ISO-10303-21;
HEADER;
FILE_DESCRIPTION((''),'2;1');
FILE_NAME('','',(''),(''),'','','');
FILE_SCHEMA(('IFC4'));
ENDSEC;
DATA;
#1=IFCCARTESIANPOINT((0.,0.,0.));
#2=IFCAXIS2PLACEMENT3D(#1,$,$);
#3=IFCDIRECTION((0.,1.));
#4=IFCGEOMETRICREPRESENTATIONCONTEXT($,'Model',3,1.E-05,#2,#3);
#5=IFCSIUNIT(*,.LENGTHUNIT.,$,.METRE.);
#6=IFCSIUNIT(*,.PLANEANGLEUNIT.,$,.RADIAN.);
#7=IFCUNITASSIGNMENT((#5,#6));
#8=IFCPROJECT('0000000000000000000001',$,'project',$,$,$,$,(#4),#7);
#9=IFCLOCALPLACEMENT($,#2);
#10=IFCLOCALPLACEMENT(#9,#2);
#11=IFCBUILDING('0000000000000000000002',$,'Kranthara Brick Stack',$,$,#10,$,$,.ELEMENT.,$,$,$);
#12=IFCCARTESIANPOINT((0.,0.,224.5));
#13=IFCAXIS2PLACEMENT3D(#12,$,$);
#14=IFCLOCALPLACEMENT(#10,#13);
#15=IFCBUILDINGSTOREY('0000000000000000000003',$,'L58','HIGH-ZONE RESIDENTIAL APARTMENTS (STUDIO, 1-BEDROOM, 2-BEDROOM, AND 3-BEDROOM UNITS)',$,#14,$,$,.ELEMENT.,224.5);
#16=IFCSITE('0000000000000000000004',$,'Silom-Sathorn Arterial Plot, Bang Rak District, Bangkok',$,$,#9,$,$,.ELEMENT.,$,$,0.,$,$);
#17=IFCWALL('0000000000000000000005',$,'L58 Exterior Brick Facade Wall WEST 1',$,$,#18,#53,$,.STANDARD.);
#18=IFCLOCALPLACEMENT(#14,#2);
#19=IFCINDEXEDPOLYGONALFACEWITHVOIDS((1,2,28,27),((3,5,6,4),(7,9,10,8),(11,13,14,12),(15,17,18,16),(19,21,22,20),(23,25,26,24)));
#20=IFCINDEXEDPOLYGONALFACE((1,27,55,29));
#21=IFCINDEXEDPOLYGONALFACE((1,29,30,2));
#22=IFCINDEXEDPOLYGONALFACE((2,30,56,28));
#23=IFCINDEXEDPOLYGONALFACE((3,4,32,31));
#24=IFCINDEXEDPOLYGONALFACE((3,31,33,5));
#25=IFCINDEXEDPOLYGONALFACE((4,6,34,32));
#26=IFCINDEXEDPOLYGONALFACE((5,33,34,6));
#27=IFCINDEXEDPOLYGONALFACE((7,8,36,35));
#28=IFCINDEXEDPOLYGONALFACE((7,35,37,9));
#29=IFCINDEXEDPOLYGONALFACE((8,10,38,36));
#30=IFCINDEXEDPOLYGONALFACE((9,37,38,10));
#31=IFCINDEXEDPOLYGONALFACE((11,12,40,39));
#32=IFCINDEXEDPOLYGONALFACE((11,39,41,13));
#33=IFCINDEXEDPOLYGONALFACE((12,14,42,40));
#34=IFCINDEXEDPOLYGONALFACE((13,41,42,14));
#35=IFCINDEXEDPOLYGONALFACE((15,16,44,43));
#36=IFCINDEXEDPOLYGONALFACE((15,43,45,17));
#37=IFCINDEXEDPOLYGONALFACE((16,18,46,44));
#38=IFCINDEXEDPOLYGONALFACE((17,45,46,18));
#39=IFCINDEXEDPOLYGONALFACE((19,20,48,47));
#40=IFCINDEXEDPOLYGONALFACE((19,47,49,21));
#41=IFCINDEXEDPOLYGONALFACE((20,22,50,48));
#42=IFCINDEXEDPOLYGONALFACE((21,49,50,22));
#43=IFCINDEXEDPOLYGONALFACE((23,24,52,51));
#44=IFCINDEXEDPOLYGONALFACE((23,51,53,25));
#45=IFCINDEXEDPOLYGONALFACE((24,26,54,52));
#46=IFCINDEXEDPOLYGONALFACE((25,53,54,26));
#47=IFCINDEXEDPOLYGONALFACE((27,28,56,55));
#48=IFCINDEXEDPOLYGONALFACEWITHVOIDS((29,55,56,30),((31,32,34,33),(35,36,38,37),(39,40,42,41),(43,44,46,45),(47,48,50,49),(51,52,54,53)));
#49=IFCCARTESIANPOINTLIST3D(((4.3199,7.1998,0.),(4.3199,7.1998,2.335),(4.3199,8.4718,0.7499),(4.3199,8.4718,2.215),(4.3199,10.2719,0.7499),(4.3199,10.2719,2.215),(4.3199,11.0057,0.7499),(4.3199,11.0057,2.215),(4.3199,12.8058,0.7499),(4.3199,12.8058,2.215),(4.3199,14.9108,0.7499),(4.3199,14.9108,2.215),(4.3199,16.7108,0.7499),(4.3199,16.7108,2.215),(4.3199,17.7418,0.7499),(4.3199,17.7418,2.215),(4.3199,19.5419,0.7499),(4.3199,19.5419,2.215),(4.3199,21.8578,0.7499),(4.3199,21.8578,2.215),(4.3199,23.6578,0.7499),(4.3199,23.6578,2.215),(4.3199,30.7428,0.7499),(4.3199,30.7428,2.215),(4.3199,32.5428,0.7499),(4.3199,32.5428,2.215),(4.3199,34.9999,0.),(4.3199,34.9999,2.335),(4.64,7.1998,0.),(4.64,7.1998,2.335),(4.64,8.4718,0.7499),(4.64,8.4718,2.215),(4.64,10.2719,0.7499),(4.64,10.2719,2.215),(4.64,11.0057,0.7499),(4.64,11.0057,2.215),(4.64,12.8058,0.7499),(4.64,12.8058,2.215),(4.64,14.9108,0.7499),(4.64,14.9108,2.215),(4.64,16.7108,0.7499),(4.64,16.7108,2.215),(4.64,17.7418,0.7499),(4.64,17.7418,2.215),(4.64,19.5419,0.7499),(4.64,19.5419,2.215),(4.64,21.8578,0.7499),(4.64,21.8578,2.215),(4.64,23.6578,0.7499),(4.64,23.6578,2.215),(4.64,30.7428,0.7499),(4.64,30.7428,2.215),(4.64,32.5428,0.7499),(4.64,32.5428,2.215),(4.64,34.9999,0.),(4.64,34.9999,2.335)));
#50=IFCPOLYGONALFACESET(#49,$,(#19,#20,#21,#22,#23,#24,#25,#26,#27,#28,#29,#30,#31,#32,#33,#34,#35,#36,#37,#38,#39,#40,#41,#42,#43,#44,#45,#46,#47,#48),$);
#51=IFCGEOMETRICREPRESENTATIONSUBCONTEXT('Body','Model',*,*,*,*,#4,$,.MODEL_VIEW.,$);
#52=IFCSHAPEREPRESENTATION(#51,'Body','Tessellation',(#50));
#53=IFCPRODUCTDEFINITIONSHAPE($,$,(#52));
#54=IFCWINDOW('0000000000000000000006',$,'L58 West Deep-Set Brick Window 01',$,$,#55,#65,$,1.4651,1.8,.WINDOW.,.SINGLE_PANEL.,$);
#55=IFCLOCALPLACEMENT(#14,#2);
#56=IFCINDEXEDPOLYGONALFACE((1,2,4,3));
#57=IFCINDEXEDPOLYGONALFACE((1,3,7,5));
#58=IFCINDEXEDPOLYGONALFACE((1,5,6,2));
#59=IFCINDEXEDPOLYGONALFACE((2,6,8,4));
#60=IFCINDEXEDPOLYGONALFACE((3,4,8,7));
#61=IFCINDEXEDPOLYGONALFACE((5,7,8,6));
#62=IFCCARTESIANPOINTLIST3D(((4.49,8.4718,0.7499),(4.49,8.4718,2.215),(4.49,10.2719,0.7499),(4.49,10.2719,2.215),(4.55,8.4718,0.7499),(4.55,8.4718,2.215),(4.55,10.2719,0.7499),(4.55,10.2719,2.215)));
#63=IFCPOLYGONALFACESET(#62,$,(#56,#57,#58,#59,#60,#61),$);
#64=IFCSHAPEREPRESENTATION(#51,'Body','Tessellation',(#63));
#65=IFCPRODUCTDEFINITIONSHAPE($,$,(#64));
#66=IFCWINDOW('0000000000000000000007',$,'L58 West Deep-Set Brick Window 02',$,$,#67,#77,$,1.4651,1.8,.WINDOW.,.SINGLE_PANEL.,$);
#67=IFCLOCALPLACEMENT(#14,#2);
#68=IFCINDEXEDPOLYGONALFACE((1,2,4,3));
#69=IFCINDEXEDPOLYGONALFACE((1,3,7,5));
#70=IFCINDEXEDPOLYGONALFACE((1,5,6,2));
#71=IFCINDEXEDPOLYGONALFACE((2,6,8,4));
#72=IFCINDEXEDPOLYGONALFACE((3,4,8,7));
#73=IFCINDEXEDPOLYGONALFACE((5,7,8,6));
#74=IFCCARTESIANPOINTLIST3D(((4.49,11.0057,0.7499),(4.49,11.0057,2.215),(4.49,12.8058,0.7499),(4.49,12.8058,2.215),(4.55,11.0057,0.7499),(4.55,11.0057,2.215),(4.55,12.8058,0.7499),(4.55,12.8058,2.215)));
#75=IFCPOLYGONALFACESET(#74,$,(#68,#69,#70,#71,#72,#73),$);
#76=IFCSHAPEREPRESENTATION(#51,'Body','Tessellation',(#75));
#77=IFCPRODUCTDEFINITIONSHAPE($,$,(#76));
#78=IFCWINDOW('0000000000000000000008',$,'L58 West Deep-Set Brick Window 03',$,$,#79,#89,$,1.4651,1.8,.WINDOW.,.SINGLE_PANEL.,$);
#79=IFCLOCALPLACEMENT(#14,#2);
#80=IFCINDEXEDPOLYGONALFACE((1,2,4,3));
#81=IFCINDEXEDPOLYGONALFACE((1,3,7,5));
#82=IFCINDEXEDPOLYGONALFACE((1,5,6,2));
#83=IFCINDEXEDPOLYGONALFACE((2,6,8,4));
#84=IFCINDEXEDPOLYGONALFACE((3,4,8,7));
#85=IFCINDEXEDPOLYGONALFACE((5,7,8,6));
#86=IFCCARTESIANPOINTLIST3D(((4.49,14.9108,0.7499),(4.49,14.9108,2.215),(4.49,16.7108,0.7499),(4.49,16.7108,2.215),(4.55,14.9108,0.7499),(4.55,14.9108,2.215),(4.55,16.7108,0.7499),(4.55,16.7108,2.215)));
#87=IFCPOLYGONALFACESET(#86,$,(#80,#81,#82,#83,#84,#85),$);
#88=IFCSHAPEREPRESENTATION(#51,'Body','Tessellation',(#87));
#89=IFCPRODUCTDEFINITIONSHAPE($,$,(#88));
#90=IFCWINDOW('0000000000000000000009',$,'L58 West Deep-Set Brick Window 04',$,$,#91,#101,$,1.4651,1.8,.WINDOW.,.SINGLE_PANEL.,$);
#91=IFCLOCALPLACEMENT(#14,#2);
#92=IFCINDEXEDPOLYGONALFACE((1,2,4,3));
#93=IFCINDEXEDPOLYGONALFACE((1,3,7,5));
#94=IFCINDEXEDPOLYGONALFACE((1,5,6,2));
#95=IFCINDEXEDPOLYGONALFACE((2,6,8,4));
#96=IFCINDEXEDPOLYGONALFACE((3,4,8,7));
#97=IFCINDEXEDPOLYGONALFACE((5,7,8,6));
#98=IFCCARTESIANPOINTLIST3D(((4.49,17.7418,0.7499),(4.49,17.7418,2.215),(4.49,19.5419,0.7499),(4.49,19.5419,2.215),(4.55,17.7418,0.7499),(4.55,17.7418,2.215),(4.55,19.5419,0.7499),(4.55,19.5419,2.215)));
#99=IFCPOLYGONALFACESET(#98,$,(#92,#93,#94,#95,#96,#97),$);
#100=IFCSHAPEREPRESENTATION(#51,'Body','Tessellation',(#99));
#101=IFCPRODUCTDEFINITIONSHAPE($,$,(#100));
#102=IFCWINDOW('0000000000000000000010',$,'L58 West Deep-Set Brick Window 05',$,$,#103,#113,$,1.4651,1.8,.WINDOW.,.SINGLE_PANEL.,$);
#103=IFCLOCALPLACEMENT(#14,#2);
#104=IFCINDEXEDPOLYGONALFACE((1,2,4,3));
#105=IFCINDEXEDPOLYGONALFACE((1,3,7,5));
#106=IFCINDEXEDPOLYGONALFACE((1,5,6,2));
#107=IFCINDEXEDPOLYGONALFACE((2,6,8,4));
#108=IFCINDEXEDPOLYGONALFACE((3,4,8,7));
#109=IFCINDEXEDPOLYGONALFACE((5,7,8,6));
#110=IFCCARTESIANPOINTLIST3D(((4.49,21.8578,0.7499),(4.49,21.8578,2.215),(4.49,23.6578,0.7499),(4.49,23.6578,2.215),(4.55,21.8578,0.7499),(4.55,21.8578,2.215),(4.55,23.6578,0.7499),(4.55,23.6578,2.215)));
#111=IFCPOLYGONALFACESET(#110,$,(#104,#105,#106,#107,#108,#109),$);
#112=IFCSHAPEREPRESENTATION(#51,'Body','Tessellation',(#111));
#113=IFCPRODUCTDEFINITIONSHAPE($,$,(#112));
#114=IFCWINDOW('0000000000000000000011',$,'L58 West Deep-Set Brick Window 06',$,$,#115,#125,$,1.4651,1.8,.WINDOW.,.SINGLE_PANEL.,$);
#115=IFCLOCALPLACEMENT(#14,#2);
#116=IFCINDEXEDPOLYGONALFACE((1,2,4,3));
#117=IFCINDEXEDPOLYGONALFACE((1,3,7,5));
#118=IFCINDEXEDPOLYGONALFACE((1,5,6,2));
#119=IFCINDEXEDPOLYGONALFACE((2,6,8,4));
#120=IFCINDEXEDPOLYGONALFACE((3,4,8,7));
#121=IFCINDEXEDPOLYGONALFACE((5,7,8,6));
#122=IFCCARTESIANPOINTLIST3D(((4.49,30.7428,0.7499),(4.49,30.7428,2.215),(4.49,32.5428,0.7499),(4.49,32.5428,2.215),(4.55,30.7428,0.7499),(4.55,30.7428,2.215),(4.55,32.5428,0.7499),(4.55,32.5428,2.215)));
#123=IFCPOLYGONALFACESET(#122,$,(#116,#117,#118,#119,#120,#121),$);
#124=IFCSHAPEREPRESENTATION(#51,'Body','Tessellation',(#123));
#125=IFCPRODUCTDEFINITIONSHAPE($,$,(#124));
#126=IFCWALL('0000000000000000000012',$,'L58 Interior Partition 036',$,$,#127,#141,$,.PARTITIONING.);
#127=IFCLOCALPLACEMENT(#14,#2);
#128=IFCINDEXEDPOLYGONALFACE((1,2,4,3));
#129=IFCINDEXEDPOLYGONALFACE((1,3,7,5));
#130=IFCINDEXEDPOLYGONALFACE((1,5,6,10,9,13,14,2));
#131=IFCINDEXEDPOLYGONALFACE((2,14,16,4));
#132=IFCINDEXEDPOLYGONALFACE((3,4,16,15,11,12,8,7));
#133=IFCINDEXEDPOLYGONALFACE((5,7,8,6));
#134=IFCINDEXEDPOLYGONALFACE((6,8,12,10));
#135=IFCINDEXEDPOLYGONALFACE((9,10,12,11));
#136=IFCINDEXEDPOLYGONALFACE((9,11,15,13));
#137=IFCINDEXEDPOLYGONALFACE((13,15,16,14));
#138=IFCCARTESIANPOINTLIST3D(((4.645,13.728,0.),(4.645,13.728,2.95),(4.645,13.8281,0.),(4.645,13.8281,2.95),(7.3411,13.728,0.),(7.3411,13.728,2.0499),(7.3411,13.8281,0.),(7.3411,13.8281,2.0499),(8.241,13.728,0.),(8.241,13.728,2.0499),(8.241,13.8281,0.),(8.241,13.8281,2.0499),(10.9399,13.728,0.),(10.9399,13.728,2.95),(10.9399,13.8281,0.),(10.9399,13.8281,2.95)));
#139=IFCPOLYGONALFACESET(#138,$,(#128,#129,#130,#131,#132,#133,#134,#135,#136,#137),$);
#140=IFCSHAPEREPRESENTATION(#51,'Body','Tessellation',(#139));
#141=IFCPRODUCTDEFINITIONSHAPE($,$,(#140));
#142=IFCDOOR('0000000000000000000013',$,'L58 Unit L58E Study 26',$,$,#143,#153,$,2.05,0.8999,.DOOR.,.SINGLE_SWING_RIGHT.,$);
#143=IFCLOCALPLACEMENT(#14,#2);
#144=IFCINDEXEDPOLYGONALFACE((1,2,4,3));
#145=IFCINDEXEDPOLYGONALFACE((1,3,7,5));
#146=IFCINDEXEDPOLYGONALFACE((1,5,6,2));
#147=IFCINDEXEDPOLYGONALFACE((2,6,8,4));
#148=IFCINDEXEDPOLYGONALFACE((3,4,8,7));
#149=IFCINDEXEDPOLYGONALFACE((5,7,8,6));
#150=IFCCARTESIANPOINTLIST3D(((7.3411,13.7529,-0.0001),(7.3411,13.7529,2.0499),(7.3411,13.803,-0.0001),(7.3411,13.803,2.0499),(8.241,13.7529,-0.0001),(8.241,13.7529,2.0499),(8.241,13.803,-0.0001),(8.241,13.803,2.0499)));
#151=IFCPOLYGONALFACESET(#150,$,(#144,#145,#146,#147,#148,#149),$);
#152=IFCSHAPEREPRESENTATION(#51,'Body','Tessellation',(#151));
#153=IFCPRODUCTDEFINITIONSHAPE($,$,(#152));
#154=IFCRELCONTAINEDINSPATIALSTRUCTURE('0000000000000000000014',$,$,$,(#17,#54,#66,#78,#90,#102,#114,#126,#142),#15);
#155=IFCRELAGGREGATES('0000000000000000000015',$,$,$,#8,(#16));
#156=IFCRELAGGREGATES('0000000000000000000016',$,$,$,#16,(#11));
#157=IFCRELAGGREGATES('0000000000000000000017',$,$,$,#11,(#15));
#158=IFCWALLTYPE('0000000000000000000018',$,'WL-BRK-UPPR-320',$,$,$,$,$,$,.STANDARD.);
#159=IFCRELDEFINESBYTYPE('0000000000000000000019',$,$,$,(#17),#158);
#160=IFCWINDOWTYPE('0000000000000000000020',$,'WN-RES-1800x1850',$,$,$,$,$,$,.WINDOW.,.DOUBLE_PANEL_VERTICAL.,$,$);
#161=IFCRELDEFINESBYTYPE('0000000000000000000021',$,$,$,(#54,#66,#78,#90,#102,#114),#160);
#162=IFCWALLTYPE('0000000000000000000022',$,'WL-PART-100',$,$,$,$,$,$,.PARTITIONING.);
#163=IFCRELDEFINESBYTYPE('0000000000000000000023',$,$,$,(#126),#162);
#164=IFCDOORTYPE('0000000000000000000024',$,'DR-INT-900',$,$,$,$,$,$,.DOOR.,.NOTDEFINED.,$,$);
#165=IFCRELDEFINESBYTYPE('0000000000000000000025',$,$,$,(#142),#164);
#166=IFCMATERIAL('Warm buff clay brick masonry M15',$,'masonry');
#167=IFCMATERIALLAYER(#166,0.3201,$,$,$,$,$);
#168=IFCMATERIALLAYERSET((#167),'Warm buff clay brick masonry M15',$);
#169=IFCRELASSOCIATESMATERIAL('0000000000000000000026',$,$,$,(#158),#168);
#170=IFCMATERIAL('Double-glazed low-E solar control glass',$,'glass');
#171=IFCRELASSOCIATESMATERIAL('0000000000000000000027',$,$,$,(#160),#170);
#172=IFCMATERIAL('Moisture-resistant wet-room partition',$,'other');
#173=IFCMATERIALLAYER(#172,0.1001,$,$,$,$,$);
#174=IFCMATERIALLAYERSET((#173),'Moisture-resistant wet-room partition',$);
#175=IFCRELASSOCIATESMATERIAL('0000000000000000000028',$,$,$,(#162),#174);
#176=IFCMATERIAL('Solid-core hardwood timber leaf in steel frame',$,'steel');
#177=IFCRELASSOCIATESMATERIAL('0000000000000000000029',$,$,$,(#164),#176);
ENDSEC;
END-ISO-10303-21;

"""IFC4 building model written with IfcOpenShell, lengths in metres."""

from ifc_helpers import new_model, si_unit, direction, frame, frame_2d, origin, place, context, subcontext, project, spatial, rectangle, extrude, material, layer, layer_set, type_object, element, fill, save


model = new_model("IFC4")

# Units and contexts
model_context = context("Model", 3, precision=1e-05, world=origin(), true_north=direction((0.0, 1.0)))
body_context = subcontext(model_context, "Body", "Model", "MODEL_VIEW")
ifc_project = project(units=[si_unit("LENGTHUNIT", "METRE"), si_unit("PLANEANGLEUNIT", "RADIAN")], contexts=[model_context])

# Site, building, storey
site_placement = place(None, origin())
site = spatial("IfcSite", under=ifc_project, at=site_placement, Name="Silom-Sathorn Arterial Plot, Bang Rak District, Bangkok", CompositionType="ELEMENT", RefElevation=0.0)
building_placement = place(site_placement, origin())
building = spatial("IfcBuilding", under=site, at=building_placement, Name="Kranthara Brick Stack", CompositionType="ELEMENT")
storey_placement = place(building_placement, frame((0.0, 0.0, 224.5)))
storey = spatial("IfcBuildingStorey", under=building, at=storey_placement, Name="L58", Description="HIGH-ZONE RESIDENTIAL APARTMENTS (STUDIO, 1-BEDROOM, 2-BEDROOM, AND 3-BEDROOM UNITS)", CompositionType="ELEMENT", Elevation=224.5)

# Wall, openings, windows
ifc_material_1 = material(Name="Warm buff clay brick masonry M15", Category="masonry")
ifc_layer_1 = layer(ifc_material_1, 0.3201)
ifc_layer_set_1 = layer_set([ifc_layer_1], Name="Warm buff clay brick masonry M15")
wall_type_1 = type_object("IfcWallType", Name="WL-BRK-UPPR-320", PredefinedType="STANDARD", material=ifc_layer_set_1)
wall_1_placement = place(storey_placement, frame((4.48, 7.2, 0.0), z_axis=(0.0, 0.0, 1.0), x_axis=(0.0, 1.0, 0.0)))
wall_1 = element("IfcWall", 1, at=wall_1_placement, inside=storey, type_object=wall_type_1, Name="L58 Exterior Brick Facade Wall WEST 1", PredefinedType="STANDARD", context=body_context, shape_type="SweptSolid", body=[
    extrude(rectangle(XDim=27.8, YDim=0.3201, at=frame_2d((13.8999, 0.0))), origin(), (0.0, 0.0, 1.0), 2.335),
])
opening_1_placement = place(wall_1_placement, frame((1.272, 0.0, 0.75)))
opening_1 = element("IfcOpeningElement", 2, at=opening_1_placement, cuts=wall_1, PredefinedType="OPENING", context=body_context, shape_type="SweptSolid", body=[
    extrude(rectangle(XDim=1.8, YDim=1.4651, at=frame_2d((0.8999, 0.7324))), frame((0.0, 0.1699, 0.0), z_axis=(0.0, -1.0, 0.0), x_axis=(1.0, 0.0, 0.0)), (0.0, 0.0, 1.0), 0.3401),
])
opening_2_placement = place(wall_1_placement, frame((3.8059, 0.0, 0.75)))
opening_2 = element("IfcOpeningElement", 3, at=opening_2_placement, cuts=wall_1, PredefinedType="OPENING", context=body_context, shape_type="SweptSolid", body=[
    extrude(rectangle(XDim=1.8, YDim=1.4651, at=frame_2d((0.8999, 0.7324))), frame((0.0, 0.1699, 0.0), z_axis=(0.0, -1.0, 0.0), x_axis=(1.0, 0.0, 0.0)), (0.0, 0.0, 1.0), 0.3401),
])
opening_3_placement = place(wall_1_placement, frame((7.7109, 0.0, 0.75)))
opening_3 = element("IfcOpeningElement", 4, at=opening_3_placement, cuts=wall_1, PredefinedType="OPENING", context=body_context, shape_type="SweptSolid", body=[
    extrude(rectangle(XDim=1.8, YDim=1.4651, at=frame_2d((0.8999, 0.7324))), frame((0.0, 0.1699, 0.0), z_axis=(0.0, -1.0, 0.0), x_axis=(1.0, 0.0, 0.0)), (0.0, 0.0, 1.0), 0.3401),
])
opening_4_placement = place(wall_1_placement, frame((10.542, 0.0, 0.75)))
opening_4 = element("IfcOpeningElement", 5, at=opening_4_placement, cuts=wall_1, PredefinedType="OPENING", context=body_context, shape_type="SweptSolid", body=[
    extrude(rectangle(XDim=1.8, YDim=1.4651, at=frame_2d((0.8999, 0.7324))), frame((0.0, 0.1699, 0.0), z_axis=(0.0, -1.0, 0.0), x_axis=(1.0, 0.0, 0.0)), (0.0, 0.0, 1.0), 0.3401),
])
opening_5_placement = place(wall_1_placement, frame((14.658, 0.0, 0.75)))
opening_5 = element("IfcOpeningElement", 6, at=opening_5_placement, cuts=wall_1, PredefinedType="OPENING", context=body_context, shape_type="SweptSolid", body=[
    extrude(rectangle(XDim=1.8, YDim=1.4651, at=frame_2d((0.8999, 0.7324))), frame((0.0, 0.1699, 0.0), z_axis=(0.0, -1.0, 0.0), x_axis=(1.0, 0.0, 0.0)), (0.0, 0.0, 1.0), 0.3401),
])
opening_6_placement = place(wall_1_placement, frame((23.543, 0.0, 0.75)))
opening_6 = element("IfcOpeningElement", 7, at=opening_6_placement, cuts=wall_1, PredefinedType="OPENING", context=body_context, shape_type="SweptSolid", body=[
    extrude(rectangle(XDim=1.8, YDim=1.4651, at=frame_2d((0.8999, 0.7324))), frame((0.0, 0.1699, 0.0), z_axis=(0.0, -1.0, 0.0), x_axis=(1.0, 0.0, 0.0)), (0.0, 0.0, 1.0), 0.3401),
])
ifc_material_2 = material(Name="Double-glazed low-E solar control glass", Category="glass")
window_type = type_object("IfcWindowType", Name="WN-RES-1800x1850", PartitioningType="DOUBLE_PANEL_VERTICAL", PredefinedType="WINDOW", material=ifc_material_2)
window_1_placement = place(opening_1_placement, origin())
window_1 = element("IfcWindow", 8, at=window_1_placement, inside=storey, type_object=window_type, Name="L58 West Deep-Set Brick Window 01", OverallHeight=1.4651, OverallWidth=1.8, PartitioningType="SINGLE_PANEL", PredefinedType="WINDOW", context=body_context, shape_type="SweptSolid", body=[
    extrude(rectangle(XDim=1.8, YDim=1.4651, at=frame_2d((0.8999, 0.7324))), frame((0.0, -0.01, 0.0), z_axis=(0.0, -1.0, 0.0), x_axis=(1.0, 0.0, 0.0)), (0.0, 0.0, 1.0), 0.0601),
])
fill(opening_1, window_1)
window_2_placement = place(opening_2_placement, origin())
window_2 = element("IfcWindow", 9, at=window_2_placement, inside=storey, type_object=window_type, Name="L58 West Deep-Set Brick Window 02", OverallHeight=1.4651, OverallWidth=1.8, PartitioningType="SINGLE_PANEL", PredefinedType="WINDOW", context=body_context, shape_type="SweptSolid", body=[
    extrude(rectangle(XDim=1.8, YDim=1.4651, at=frame_2d((0.8999, 0.7324))), frame((0.0, -0.01, 0.0), z_axis=(0.0, -1.0, 0.0), x_axis=(1.0, 0.0, 0.0)), (0.0, 0.0, 1.0), 0.0601),
])
fill(opening_2, window_2)
window_3_placement = place(opening_3_placement, origin())
window_3 = element("IfcWindow", 10, at=window_3_placement, inside=storey, type_object=window_type, Name="L58 West Deep-Set Brick Window 03", OverallHeight=1.4651, OverallWidth=1.8, PartitioningType="SINGLE_PANEL", PredefinedType="WINDOW", context=body_context, shape_type="SweptSolid", body=[
    extrude(rectangle(XDim=1.8, YDim=1.4651, at=frame_2d((0.8999, 0.7324))), frame((0.0, -0.01, 0.0), z_axis=(0.0, -1.0, 0.0), x_axis=(1.0, 0.0, 0.0)), (0.0, 0.0, 1.0), 0.0601),
])
fill(opening_3, window_3)
window_4_placement = place(opening_4_placement, origin())
window_4 = element("IfcWindow", 11, at=window_4_placement, inside=storey, type_object=window_type, Name="L58 West Deep-Set Brick Window 04", OverallHeight=1.4651, OverallWidth=1.8, PartitioningType="SINGLE_PANEL", PredefinedType="WINDOW", context=body_context, shape_type="SweptSolid", body=[
    extrude(rectangle(XDim=1.8, YDim=1.4651, at=frame_2d((0.8999, 0.7324))), frame((0.0, -0.01, 0.0), z_axis=(0.0, -1.0, 0.0), x_axis=(1.0, 0.0, 0.0)), (0.0, 0.0, 1.0), 0.0601),
])
fill(opening_4, window_4)
window_5_placement = place(opening_5_placement, origin())
window_5 = element("IfcWindow", 12, at=window_5_placement, inside=storey, type_object=window_type, Name="L58 West Deep-Set Brick Window 05", OverallHeight=1.4651, OverallWidth=1.8, PartitioningType="SINGLE_PANEL", PredefinedType="WINDOW", context=body_context, shape_type="SweptSolid", body=[
    extrude(rectangle(XDim=1.8, YDim=1.4651, at=frame_2d((0.8999, 0.7324))), frame((0.0, -0.01, 0.0), z_axis=(0.0, -1.0, 0.0), x_axis=(1.0, 0.0, 0.0)), (0.0, 0.0, 1.0), 0.0601),
])
fill(opening_5, window_5)
window_6_placement = place(opening_6_placement, origin())
window_6 = element("IfcWindow", 13, at=window_6_placement, inside=storey, type_object=window_type, Name="L58 West Deep-Set Brick Window 06", OverallHeight=1.4651, OverallWidth=1.8, PartitioningType="SINGLE_PANEL", PredefinedType="WINDOW", context=body_context, shape_type="SweptSolid", body=[
    extrude(rectangle(XDim=1.8, YDim=1.4651, at=frame_2d((0.8999, 0.7324))), frame((0.0, -0.01, 0.0), z_axis=(0.0, -1.0, 0.0), x_axis=(1.0, 0.0, 0.0)), (0.0, 0.0, 1.0), 0.0601),
])
fill(opening_6, window_6)

# Wall, opening, door
ifc_material_3 = material(Name="Moisture-resistant wet-room partition", Category="other")
ifc_layer_2 = layer(ifc_material_3, 0.1001)
ifc_layer_set_2 = layer_set([ifc_layer_2], Name="Moisture-resistant wet-room partition")
wall_type_2 = type_object("IfcWallType", Name="WL-PART-100", PredefinedType="PARTITIONING", material=ifc_layer_set_2)
wall_2_placement = place(storey_placement, frame((4.645, 13.7781, 0.0), z_axis=(0.0, 0.0, 1.0), x_axis=(1.0, 0.0, 0.0)))
wall_2 = element("IfcWall", 14, at=wall_2_placement, inside=storey, type_object=wall_type_2, Name="L58 Interior Partition 036", PredefinedType="PARTITIONING", context=body_context, shape_type="SweptSolid", body=[
    extrude(rectangle(XDim=6.2949, YDim=0.1001, at=frame_2d((3.1475, 0.0))), origin(), (0.0, 0.0, 1.0), 2.95),
])
opening_7_placement = place(wall_2_placement, frame((2.696, 0.0, 0.0)))
opening_7 = element("IfcOpeningElement", 15, at=opening_7_placement, cuts=wall_2, PredefinedType="OPENING", context=body_context, shape_type="SweptSolid", body=[
    extrude(rectangle(XDim=0.8999, YDim=2.05, at=frame_2d((0.45, 1.0249))), frame((0.0, 0.0601, 0.0), z_axis=(0.0, -1.0, 0.0), x_axis=(1.0, 0.0, 0.0)), (0.0, 0.0, 1.0), 0.1201),
])
ifc_material_4 = material(Name="Solid-core hardwood timber leaf in steel frame", Category="steel")
door_type = type_object("IfcDoorType", Name="DR-INT-900", OperationType="NOTDEFINED", PredefinedType="DOOR", material=ifc_material_4)
door_placement = place(opening_7_placement, origin())
door = element("IfcDoor", 16, at=door_placement, inside=storey, type_object=door_type, Name="L58 Unit L58E Study 26", OperationType="SINGLE_SWING_RIGHT", OverallHeight=2.05, OverallWidth=0.8999, PredefinedType="DOOR", context=body_context, shape_type="SweptSolid", body=[
    extrude(rectangle(XDim=0.8999, YDim=2.05, at=frame_2d((0.45, 1.0249))), frame((0.0, 0.0249, 0.0), z_axis=(0.0, -1.0, 0.0), x_axis=(1.0, 0.0, 0.0)), (0.0, 0.0, 1.0), 0.05),
])
fill(opening_7, door)

save(model, "model.ifc")
